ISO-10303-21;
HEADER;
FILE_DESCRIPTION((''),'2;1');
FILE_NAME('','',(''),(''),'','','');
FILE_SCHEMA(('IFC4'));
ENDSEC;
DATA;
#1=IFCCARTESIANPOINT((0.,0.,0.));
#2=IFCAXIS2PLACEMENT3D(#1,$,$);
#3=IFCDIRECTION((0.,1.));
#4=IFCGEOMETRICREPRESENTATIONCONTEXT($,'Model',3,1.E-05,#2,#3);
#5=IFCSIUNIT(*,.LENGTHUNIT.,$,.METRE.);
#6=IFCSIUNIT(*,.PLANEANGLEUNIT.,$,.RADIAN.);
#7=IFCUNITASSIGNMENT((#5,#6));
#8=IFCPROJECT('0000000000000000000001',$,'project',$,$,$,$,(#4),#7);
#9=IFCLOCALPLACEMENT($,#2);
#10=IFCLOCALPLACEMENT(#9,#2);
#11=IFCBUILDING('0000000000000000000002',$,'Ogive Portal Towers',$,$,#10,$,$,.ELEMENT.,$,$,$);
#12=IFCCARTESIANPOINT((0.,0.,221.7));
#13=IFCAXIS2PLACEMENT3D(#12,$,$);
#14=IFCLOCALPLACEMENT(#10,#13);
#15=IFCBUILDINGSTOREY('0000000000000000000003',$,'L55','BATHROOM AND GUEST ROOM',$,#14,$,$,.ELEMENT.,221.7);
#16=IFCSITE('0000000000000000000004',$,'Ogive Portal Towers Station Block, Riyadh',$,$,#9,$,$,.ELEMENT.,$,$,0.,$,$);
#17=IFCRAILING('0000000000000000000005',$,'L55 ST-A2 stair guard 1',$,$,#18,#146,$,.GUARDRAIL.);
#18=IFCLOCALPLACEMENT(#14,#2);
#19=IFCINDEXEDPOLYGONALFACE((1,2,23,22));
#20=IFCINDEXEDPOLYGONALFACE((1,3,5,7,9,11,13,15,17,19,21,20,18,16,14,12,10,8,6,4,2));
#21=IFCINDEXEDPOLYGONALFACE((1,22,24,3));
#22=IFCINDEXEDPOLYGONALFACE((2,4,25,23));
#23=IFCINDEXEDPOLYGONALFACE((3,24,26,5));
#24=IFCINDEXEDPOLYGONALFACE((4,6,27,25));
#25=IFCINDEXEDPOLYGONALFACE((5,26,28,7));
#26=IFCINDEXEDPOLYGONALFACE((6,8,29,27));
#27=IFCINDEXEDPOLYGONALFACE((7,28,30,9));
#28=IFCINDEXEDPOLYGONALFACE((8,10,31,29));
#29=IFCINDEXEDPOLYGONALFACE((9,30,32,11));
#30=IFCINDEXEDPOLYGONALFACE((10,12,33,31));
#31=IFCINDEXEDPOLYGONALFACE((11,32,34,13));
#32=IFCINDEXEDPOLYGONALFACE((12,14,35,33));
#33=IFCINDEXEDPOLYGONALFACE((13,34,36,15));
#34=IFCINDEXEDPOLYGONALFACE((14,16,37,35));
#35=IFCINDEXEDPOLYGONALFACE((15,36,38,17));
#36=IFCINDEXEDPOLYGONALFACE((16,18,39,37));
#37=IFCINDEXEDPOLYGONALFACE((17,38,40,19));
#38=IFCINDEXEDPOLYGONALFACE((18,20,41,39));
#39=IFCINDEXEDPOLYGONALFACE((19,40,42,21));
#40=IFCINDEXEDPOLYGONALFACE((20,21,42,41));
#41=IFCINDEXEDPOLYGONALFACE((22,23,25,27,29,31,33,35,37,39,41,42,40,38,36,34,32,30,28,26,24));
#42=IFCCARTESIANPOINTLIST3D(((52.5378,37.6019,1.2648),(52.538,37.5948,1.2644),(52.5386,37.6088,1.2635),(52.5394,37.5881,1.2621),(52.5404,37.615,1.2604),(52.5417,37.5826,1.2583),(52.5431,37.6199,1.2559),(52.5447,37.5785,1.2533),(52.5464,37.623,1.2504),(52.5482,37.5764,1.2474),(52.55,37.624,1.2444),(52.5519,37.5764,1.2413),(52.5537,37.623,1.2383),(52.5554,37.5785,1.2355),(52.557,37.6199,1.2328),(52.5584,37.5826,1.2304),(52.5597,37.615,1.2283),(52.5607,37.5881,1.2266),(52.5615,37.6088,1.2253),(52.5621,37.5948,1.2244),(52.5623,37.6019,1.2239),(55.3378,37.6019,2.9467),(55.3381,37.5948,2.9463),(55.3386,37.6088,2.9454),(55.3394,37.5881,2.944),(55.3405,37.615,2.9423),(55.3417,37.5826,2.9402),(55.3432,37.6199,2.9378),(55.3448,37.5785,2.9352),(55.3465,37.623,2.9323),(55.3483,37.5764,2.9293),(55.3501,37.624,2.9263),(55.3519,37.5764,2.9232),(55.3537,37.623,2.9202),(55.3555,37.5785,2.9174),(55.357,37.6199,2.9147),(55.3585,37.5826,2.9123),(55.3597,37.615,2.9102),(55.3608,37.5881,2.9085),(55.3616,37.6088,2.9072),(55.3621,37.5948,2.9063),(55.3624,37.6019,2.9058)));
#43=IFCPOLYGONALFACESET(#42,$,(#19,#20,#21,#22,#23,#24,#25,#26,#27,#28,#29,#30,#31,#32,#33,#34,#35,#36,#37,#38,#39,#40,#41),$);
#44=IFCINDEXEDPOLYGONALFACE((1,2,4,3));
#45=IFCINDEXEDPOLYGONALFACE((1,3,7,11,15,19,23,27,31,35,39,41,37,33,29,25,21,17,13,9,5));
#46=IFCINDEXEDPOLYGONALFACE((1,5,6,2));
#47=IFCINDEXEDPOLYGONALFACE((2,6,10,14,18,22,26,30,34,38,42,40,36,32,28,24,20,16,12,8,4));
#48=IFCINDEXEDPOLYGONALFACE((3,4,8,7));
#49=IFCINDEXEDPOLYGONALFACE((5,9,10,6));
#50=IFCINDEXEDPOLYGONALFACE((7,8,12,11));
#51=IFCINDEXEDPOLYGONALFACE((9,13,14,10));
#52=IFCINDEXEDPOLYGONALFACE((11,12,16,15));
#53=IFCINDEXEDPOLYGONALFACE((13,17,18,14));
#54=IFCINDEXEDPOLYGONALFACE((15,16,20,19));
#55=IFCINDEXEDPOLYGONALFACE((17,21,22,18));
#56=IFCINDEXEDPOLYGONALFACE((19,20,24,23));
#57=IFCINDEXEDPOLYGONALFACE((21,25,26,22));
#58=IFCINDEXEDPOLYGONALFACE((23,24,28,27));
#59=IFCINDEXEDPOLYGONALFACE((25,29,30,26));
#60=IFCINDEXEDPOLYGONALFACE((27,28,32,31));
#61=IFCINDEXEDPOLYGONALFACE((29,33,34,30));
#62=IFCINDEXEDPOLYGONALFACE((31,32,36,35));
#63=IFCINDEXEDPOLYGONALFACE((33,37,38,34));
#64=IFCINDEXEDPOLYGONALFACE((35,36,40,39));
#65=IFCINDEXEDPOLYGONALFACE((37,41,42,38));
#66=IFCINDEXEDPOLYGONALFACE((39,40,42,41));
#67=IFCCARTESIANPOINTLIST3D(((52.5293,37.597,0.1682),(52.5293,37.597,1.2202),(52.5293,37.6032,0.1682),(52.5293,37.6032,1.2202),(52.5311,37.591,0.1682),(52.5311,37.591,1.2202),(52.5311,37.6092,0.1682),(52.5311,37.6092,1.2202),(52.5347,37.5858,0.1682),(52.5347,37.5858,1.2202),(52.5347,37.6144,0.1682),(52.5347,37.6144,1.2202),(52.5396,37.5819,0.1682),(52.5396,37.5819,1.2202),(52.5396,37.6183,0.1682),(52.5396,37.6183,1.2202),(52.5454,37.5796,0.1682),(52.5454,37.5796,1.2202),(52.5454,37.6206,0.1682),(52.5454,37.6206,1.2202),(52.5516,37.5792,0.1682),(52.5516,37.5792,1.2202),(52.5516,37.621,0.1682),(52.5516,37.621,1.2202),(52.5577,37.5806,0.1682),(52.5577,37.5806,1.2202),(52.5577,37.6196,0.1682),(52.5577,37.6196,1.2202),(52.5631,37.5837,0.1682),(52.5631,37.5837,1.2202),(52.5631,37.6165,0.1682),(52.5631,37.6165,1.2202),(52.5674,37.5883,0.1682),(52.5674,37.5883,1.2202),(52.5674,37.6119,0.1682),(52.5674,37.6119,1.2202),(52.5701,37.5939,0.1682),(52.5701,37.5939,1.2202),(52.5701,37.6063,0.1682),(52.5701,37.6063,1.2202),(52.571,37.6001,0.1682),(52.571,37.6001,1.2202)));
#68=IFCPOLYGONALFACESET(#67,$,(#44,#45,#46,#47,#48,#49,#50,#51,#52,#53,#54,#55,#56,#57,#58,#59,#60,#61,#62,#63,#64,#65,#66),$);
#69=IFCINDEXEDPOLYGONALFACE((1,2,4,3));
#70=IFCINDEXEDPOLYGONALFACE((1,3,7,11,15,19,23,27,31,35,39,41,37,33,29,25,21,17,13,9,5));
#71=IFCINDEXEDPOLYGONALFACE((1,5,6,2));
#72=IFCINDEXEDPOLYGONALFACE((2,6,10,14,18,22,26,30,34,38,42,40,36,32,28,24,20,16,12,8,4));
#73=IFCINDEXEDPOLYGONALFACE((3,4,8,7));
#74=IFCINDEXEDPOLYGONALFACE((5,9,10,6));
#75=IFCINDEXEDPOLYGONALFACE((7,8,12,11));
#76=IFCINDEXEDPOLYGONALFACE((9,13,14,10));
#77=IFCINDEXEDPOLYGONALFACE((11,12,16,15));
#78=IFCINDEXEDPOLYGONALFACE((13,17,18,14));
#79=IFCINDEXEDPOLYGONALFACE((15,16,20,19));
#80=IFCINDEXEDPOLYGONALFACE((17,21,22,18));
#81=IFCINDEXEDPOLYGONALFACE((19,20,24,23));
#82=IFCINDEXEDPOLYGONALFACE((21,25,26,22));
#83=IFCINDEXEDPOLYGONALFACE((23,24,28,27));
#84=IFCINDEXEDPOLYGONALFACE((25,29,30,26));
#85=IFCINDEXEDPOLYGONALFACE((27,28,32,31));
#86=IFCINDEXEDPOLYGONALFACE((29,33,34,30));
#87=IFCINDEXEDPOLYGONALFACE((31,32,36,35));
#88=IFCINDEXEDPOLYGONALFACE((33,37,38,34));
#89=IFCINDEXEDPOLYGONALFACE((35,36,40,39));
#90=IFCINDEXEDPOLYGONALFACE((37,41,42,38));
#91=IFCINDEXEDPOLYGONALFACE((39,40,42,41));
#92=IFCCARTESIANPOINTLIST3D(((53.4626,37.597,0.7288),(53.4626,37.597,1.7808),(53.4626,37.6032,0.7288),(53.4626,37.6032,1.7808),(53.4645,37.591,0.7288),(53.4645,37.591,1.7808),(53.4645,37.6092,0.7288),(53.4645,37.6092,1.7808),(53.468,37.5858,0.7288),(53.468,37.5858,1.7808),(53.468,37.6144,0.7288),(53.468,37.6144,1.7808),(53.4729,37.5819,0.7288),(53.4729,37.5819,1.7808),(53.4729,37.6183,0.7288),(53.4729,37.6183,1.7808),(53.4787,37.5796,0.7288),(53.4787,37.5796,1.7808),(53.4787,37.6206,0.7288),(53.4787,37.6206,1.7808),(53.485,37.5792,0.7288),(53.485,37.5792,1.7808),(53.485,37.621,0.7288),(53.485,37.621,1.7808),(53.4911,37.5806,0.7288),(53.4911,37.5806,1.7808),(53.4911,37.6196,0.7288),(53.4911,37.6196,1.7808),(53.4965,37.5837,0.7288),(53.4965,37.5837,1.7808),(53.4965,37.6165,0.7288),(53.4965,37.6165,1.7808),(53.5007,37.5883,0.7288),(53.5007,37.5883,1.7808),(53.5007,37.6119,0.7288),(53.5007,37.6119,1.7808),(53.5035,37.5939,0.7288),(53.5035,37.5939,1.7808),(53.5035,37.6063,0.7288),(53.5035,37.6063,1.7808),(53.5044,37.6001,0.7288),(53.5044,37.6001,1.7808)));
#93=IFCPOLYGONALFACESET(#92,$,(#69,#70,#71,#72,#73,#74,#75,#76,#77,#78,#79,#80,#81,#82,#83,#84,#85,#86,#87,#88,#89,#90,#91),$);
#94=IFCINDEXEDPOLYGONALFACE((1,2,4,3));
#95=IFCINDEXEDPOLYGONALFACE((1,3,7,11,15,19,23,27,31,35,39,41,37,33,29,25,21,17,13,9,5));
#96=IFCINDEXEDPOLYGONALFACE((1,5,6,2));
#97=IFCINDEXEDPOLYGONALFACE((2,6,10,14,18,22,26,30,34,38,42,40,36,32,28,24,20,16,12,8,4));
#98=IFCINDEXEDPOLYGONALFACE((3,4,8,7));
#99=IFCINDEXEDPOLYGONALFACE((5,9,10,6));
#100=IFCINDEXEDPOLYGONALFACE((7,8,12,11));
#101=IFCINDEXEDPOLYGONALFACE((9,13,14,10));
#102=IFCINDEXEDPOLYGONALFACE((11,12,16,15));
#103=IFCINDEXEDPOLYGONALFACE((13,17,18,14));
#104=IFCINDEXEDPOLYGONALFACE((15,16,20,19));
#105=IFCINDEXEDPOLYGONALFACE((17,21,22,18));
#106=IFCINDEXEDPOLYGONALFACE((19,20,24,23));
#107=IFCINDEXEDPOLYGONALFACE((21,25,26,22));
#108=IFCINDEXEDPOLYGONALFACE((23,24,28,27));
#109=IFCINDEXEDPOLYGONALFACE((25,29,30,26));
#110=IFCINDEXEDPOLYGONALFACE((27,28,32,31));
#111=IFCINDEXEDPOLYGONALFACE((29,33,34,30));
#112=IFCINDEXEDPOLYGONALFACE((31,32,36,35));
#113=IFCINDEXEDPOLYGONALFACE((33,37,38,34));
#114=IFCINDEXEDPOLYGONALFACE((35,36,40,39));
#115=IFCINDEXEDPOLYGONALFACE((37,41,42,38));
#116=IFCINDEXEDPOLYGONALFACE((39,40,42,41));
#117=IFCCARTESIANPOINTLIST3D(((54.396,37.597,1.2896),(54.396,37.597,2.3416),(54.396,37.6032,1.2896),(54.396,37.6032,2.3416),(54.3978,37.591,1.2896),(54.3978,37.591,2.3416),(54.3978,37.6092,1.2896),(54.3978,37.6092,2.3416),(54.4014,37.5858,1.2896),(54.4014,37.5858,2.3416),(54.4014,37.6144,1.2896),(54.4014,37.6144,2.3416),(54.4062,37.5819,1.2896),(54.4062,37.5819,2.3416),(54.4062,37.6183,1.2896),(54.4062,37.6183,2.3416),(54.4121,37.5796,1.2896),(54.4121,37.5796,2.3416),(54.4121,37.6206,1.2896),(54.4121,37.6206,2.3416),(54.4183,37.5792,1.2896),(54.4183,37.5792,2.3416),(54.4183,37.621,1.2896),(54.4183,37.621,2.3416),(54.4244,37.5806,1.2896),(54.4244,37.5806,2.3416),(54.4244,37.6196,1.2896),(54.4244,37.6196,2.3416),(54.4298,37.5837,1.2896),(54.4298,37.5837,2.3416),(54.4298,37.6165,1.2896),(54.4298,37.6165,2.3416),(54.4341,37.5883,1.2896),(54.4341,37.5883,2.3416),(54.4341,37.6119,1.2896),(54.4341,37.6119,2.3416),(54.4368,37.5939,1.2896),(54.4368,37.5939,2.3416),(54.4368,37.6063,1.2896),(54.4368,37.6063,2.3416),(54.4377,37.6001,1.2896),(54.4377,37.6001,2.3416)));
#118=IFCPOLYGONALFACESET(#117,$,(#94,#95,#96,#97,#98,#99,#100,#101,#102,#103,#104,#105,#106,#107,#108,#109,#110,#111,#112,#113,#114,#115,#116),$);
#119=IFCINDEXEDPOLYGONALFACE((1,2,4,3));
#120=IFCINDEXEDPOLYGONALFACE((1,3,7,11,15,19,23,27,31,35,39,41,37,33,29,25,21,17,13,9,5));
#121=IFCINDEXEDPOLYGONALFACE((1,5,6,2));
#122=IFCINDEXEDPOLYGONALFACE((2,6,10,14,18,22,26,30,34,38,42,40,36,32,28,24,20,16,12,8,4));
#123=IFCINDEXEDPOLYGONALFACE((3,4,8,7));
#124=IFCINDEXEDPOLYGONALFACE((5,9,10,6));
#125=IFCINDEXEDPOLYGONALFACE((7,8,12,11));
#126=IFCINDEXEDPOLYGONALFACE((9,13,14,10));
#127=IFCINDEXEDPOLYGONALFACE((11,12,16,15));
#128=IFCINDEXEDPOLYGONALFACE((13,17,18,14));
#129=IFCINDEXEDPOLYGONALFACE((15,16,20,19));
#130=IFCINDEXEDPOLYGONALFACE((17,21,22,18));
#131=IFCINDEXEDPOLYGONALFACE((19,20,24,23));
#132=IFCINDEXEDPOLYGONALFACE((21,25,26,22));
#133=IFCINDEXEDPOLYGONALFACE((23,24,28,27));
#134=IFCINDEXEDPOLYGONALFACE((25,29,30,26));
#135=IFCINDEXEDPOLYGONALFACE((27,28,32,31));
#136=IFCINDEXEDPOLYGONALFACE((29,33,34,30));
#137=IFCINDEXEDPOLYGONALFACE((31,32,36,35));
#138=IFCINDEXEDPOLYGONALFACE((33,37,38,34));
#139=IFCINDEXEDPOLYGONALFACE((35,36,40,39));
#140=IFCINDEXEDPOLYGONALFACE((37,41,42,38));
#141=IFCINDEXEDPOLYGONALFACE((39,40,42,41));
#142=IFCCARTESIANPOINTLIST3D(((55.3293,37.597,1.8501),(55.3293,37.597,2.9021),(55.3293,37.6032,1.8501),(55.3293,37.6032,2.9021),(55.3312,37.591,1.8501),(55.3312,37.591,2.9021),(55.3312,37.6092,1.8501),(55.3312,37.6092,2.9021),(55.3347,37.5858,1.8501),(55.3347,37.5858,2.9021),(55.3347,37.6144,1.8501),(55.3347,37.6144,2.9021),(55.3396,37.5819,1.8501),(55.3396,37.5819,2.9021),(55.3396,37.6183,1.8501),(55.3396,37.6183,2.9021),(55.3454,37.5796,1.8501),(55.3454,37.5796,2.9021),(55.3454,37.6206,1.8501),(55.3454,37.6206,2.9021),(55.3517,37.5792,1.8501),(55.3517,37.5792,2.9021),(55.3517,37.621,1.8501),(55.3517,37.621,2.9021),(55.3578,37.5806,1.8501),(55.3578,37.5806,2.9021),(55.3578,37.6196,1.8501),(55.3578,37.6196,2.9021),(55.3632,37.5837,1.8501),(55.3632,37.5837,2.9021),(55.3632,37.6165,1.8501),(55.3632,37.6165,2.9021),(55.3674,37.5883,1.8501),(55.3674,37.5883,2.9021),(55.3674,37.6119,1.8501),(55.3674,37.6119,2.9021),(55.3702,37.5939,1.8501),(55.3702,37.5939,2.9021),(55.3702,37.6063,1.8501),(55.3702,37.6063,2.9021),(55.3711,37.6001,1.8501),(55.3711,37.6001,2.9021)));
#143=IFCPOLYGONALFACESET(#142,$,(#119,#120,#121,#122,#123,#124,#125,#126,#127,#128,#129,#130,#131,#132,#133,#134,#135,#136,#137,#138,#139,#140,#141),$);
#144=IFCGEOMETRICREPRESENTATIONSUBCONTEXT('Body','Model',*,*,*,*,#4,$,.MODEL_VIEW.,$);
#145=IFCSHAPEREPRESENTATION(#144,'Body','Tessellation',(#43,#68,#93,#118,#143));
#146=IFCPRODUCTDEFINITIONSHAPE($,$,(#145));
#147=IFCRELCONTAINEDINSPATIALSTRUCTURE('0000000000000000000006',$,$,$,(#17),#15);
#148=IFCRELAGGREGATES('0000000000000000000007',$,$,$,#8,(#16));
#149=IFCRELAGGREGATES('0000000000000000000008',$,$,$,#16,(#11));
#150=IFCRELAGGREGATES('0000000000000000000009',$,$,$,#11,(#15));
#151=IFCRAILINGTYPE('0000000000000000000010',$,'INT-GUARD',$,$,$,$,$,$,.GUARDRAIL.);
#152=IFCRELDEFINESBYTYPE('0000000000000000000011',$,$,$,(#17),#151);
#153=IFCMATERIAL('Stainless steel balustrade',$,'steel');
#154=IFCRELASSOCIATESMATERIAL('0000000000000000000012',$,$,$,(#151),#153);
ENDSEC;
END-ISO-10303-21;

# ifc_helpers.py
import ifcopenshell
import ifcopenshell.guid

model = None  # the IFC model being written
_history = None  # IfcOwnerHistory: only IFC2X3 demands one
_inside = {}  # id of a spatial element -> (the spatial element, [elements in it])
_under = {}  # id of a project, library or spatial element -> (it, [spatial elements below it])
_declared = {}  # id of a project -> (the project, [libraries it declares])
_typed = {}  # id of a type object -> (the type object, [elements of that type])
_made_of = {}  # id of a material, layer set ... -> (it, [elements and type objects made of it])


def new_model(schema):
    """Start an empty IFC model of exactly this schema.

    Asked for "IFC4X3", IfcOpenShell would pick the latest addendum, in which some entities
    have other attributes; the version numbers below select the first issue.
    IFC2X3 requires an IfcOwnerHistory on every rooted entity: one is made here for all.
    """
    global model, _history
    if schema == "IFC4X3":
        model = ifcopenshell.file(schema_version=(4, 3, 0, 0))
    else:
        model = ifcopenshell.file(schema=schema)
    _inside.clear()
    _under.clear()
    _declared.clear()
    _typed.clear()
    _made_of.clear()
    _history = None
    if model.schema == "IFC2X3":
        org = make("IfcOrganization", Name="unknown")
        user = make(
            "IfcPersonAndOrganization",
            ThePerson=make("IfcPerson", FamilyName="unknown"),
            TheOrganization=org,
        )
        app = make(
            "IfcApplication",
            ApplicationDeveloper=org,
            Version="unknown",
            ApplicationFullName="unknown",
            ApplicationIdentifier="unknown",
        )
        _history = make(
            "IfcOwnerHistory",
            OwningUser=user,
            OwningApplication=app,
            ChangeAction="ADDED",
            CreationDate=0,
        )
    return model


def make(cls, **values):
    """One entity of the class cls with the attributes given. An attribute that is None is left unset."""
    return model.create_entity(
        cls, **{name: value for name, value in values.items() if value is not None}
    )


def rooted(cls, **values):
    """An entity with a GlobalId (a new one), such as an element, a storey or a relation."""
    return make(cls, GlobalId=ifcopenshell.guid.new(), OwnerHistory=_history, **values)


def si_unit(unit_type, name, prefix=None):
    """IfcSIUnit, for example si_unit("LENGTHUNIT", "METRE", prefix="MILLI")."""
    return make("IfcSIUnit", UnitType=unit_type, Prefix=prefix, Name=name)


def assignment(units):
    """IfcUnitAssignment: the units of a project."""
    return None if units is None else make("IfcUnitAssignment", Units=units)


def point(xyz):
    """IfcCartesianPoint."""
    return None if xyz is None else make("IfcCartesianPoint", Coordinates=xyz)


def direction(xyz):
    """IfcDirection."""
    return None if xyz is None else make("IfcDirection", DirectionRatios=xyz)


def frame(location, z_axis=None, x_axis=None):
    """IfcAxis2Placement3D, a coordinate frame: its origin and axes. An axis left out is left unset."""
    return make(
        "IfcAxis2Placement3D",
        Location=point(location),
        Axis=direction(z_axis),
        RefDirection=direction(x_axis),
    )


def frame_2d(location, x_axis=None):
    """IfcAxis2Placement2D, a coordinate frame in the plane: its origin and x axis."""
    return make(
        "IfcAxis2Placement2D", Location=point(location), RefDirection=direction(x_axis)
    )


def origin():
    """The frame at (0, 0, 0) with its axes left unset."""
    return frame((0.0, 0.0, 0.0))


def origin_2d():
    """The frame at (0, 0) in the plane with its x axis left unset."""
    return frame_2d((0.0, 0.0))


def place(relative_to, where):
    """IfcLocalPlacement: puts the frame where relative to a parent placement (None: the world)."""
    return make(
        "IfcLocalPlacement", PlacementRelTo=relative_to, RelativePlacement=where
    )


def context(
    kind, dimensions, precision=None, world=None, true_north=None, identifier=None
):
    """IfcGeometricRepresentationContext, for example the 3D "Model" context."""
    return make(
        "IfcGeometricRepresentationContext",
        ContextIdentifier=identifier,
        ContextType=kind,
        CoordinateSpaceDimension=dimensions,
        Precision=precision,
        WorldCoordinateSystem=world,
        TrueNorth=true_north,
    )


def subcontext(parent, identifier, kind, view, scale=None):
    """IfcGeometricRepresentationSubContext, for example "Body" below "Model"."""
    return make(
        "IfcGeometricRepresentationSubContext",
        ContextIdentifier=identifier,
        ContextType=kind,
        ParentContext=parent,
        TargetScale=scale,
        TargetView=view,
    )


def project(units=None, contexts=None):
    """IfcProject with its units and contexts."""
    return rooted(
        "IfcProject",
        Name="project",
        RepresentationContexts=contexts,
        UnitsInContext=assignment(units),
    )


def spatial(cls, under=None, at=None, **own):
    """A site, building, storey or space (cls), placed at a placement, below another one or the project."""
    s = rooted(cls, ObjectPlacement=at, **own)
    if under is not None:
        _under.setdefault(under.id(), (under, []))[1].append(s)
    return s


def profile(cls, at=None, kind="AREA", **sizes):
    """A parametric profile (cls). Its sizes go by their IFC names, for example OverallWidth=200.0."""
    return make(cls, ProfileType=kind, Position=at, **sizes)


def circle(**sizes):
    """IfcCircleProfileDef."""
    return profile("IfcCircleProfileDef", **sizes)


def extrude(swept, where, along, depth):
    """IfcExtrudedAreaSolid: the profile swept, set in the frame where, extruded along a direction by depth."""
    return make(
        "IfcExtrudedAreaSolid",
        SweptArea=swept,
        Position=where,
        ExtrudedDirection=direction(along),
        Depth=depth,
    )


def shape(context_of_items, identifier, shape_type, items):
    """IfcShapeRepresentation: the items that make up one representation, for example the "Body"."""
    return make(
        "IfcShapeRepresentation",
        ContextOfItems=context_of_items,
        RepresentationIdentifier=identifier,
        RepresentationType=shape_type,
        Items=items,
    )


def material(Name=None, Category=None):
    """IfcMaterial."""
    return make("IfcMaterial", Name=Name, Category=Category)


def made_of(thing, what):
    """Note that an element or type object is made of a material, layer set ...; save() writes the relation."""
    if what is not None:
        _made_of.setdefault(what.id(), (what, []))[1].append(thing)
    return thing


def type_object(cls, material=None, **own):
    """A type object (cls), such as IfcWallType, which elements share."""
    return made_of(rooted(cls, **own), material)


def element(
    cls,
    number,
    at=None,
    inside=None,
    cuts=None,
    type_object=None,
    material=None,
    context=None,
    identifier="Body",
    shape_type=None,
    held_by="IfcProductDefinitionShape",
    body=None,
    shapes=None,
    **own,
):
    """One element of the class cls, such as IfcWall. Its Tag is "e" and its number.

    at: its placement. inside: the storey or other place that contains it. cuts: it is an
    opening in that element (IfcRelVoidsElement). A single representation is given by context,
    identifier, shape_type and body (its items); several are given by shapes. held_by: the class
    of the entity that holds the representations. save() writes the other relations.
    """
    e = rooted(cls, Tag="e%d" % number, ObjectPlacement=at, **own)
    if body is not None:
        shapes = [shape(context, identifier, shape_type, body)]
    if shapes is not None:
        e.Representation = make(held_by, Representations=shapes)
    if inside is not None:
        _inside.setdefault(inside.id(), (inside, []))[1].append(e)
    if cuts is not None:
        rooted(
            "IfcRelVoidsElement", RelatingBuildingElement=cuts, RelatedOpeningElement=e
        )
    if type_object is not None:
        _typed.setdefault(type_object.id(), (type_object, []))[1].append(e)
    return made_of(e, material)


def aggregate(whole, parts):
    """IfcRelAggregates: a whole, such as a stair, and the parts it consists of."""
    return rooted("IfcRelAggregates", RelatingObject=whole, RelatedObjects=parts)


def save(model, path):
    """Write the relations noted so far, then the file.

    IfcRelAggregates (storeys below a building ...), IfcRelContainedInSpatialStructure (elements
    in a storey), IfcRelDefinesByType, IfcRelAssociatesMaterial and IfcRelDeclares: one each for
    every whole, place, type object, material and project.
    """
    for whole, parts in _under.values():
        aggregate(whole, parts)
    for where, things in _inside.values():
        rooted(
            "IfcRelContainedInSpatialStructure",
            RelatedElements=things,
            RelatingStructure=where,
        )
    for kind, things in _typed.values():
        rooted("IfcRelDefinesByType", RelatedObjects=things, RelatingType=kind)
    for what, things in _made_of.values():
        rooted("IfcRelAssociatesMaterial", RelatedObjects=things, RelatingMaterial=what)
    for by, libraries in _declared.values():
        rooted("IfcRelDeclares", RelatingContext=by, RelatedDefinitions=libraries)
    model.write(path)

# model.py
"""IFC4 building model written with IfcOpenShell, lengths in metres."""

from ifc_helpers import new_model, si_unit, direction, frame, origin, origin_2d, place, context, subcontext, project, spatial, circle, extrude, material, type_object, element, save


model = new_model("IFC4")

# Units and contexts
model_context = context("Model", 3, precision=1e-05, world=origin(), true_north=direction((0.0, 1.0)))
body_context = subcontext(model_context, "Body", "Model", "MODEL_VIEW")
ifc_project = project(units=[si_unit("LENGTHUNIT", "METRE"), si_unit("PLANEANGLEUNIT", "RADIAN")], contexts=[model_context])

# Site, building, storey
site_placement = place(None, origin())
site = spatial("IfcSite", under=ifc_project, at=site_placement, Name="Ogive Portal Towers Station Block, Riyadh", CompositionType="ELEMENT", RefElevation=0.0)
building_placement = place(site_placement, origin())
building = spatial("IfcBuilding", under=site, at=building_placement, Name="Ogive Portal Towers", CompositionType="ELEMENT")
storey_placement = place(building_placement, frame((0.0, 0.0, 221.7)))
storey = spatial("IfcBuildingStorey", under=building, at=storey_placement, Name="L55", Description="BATHROOM AND GUEST ROOM", CompositionType="ELEMENT", Elevation=221.7)

# Railing
ifc_material_1 = material(Name="Stainless steel balustrade", Category="steel")
railing_type_1 = type_object("IfcRailingType", Name="INT-GUARD", PredefinedType="GUARDRAIL", material=ifc_material_1)
railing_1_placement = place(storey_placement, frame((52.55, 37.6001, 0.1682)))
element("IfcRailing", 1, at=railing_1_placement, inside=storey, type_object=railing_type_1, Name="L55 ST-A2 stair guard 1", PredefinedType="GUARDRAIL", context=body_context, shape_type="SweptSolid", body=[
    extrude(circle(Radius=0.0239, at=origin_2d()), frame((0.0, 0.0, 1.0762), z_axis=(0.857242, 0.0, 0.514913), x_axis=(0.0, 1.0, 0.0)), (0.0, 0.0, 1.0), 3.2664),
    extrude(circle(Radius=0.021, at=origin_2d()), origin(), (0.0, 0.0, 1.0), 1.052),
    extrude(circle(Radius=0.021, at=origin_2d()), frame((0.9333, 0.0, 0.5605)), (0.0, 0.0, 1.0), 1.052),
    extrude(circle(Radius=0.021, at=origin_2d()), frame((1.8667, 0.0, 1.1213)), (0.0, 0.0, 1.0), 1.052),
    extrude(circle(Radius=0.021, at=origin_2d()), frame((2.8, 0.0, 1.6819)), (0.0, 0.0, 1.0), 1.052),
])

save(model, "model.ifc")
